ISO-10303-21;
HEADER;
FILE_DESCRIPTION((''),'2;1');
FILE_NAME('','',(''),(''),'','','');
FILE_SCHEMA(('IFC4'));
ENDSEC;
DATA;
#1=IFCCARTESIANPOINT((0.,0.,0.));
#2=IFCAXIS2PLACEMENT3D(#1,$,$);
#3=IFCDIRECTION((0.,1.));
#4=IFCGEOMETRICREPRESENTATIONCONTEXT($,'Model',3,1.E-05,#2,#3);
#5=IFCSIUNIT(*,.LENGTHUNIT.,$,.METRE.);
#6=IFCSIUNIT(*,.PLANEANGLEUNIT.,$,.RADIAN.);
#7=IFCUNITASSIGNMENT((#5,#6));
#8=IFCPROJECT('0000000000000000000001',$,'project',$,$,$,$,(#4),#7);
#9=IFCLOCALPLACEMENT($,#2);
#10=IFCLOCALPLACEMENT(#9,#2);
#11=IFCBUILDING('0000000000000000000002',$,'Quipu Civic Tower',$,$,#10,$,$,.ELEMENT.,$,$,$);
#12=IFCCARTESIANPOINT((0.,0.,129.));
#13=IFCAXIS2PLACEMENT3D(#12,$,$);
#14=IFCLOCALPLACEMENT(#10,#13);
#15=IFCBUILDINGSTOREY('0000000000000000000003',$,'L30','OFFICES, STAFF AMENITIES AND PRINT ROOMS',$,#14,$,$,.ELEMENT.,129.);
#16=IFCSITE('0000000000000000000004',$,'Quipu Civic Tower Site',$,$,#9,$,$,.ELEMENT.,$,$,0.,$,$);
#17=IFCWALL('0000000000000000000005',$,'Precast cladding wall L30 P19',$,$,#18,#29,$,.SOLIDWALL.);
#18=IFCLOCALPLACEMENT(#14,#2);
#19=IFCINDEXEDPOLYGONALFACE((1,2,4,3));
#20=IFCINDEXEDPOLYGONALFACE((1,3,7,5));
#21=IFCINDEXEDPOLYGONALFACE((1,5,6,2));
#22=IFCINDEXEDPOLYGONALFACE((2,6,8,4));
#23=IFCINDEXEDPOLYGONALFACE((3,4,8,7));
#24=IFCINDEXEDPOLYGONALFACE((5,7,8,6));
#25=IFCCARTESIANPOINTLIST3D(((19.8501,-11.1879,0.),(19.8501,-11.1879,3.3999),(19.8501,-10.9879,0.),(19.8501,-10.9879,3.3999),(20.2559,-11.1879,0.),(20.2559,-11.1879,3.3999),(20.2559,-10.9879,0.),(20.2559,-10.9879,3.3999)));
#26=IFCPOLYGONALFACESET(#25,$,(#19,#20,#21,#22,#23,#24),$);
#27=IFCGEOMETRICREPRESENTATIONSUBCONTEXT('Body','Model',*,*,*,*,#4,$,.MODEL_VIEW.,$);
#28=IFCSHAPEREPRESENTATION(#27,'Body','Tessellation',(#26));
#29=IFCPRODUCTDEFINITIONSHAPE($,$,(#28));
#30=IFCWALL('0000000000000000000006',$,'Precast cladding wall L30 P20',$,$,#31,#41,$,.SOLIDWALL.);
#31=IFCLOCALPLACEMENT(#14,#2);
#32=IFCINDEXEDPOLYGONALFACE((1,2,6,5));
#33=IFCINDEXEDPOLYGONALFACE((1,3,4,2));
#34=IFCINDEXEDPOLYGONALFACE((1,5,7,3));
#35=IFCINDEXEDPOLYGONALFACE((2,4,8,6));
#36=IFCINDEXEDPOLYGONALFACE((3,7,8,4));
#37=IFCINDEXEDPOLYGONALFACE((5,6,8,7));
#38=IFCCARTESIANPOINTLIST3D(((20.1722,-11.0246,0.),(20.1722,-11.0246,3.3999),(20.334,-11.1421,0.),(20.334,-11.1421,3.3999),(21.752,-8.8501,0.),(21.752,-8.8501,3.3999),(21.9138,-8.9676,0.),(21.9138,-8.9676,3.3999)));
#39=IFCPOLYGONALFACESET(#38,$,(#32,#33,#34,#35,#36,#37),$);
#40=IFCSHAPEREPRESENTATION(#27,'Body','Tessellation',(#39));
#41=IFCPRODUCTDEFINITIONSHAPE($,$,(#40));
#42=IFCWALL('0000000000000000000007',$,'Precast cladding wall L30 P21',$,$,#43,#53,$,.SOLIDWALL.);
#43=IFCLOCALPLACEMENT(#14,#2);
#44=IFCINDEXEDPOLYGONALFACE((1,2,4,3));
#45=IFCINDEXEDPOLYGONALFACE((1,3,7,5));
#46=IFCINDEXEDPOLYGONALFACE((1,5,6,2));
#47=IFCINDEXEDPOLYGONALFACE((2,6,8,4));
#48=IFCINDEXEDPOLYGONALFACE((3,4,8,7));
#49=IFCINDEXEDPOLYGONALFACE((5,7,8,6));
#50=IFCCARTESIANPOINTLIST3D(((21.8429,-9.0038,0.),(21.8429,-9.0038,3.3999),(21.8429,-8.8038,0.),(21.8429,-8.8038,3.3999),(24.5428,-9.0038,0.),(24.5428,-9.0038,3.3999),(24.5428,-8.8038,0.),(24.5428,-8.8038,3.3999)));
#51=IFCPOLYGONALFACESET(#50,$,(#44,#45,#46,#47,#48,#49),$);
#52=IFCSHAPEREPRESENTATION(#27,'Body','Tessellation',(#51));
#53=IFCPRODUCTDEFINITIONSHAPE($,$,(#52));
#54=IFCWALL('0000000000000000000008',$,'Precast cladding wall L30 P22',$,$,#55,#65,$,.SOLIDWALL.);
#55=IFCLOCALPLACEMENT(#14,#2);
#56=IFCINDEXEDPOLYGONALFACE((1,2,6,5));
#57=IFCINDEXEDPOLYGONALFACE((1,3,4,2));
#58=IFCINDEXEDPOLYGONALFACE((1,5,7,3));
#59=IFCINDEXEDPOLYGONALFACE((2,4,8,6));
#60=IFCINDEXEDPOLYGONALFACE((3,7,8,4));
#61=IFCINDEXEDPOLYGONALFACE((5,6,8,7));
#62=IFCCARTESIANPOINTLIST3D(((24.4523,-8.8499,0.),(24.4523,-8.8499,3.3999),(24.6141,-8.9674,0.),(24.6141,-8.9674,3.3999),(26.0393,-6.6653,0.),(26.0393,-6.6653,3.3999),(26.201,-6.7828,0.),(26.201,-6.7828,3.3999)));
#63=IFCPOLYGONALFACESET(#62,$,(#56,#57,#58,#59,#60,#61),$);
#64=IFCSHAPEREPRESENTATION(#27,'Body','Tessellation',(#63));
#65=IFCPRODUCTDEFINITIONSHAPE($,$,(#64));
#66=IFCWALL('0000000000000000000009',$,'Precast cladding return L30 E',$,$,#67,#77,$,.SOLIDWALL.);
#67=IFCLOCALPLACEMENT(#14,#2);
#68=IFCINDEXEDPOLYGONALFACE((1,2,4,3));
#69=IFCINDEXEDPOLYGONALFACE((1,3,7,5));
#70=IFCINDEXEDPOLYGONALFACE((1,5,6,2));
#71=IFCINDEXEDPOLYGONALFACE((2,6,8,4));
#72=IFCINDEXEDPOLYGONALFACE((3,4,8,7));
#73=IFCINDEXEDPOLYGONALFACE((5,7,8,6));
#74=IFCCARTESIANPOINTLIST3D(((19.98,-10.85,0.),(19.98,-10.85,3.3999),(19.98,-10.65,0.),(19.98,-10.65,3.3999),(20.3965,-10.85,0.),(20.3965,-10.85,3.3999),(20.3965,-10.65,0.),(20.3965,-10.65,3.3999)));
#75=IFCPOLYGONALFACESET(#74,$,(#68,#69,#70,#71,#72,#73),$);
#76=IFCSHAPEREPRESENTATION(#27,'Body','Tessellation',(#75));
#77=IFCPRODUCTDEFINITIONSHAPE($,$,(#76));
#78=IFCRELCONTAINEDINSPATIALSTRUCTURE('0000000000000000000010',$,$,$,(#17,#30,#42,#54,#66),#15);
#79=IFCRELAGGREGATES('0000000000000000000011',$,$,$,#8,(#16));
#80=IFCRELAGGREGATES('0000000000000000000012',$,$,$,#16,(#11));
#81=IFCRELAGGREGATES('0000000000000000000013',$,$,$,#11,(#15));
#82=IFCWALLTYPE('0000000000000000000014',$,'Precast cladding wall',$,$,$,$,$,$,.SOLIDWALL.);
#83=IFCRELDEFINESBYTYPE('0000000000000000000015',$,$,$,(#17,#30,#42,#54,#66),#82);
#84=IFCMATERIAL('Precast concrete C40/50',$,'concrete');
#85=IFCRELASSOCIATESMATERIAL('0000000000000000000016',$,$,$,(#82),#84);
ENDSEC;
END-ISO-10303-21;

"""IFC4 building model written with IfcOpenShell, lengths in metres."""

from ifc_helpers import new_model, si_unit, direction, frame, frame_2d, origin, place, context, subcontext, project, spatial, rectangle, extrude, material, type_object, element, save


model = new_model("IFC4")

# Units and contexts
model_context = context("Model", 3, precision=1e-05, world=origin(), true_north=direction((0.0, 1.0)))
body_context = subcontext(model_context, "Body", "Model", "MODEL_VIEW")
ifc_project = project(units=[si_unit("LENGTHUNIT", "METRE"), si_unit("PLANEANGLEUNIT", "RADIAN")], contexts=[model_context])

# Site, building, storey
site_placement = place(None, origin())
site = spatial("IfcSite", under=ifc_project, at=site_placement, Name="Quipu Civic Tower Site", CompositionType="ELEMENT", RefElevation=0.0)
building_placement = place(site_placement, origin())
building = spatial("IfcBuilding", under=site, at=building_placement, Name="Quipu Civic Tower", CompositionType="ELEMENT")
storey_placement = place(building_placement, frame((0.0, 0.0, 129.0)))
storey = spatial("IfcBuildingStorey", under=building, at=storey_placement, Name="L30", Description="OFFICES, STAFF AMENITIES AND PRINT ROOMS", CompositionType="ELEMENT", Elevation=129.0)

# Walls
ifc_material_1 = material(Name="Precast concrete C40/50", Category="concrete")
wall_type_1 = type_object("IfcWallType", Name="Precast cladding wall", PredefinedType="SOLIDWALL", material=ifc_material_1)
wall_1_placement = place(storey_placement, frame((19.8501, -11.0879, 0.0), z_axis=(0.0, 0.0, 1.0), x_axis=(1.0, 0.0, 0.0)))
element("IfcWall", 1, at=wall_1_placement, inside=storey, type_object=wall_type_1, Name="Precast cladding wall L30 P19", PredefinedType="SOLIDWALL", context=body_context, shape_type="SweptSolid", body=[
    extrude(rectangle(XDim=0.4058, YDim=0.2, at=frame_2d((0.2029, 0.0))), origin(), (0.0, 0.0, 1.0), 3.3999),
])
wall_2_placement = place(storey_placement, frame((20.2532, -11.0833, 0.0), z_axis=(0.0, 0.0, 1.0), x_axis=(0.587767, 0.809031, 0.0)))
element("IfcWall", 2, at=wall_2_placement, inside=storey, type_object=wall_type_1, Name="Precast cladding wall L30 P20", PredefinedType="SOLIDWALL", context=body_context, shape_type="SweptSolid", body=[
    extrude(rectangle(XDim=2.6877, YDim=0.2, at=frame_2d((1.3438, 0.0))), origin(), (0.0, 0.0, 1.0), 3.3999),
])
wall_3_placement = place(storey_placement, frame((21.8428, -8.9038, 0.0), z_axis=(0.0, 0.0, 1.0), x_axis=(1.0, 0.0, 0.0)))
element("IfcWall", 3, at=wall_3_placement, inside=storey, type_object=wall_type_1, Name="Precast cladding wall L30 P21", PredefinedType="SOLIDWALL", context=body_context, shape_type="SweptSolid", body=[
    extrude(rectangle(XDim=2.7, YDim=0.2, at=frame_2d((1.3501, 0.0))), origin(), (0.0, 0.0, 1.0), 3.3999),
])
wall_4_placement = place(storey_placement, frame((24.5332, -8.9087, 0.0), z_axis=(0.0, 0.0, 1.0), x_axis=(0.58772, 0.809064, 0.0)))
element("IfcWall", 4, at=wall_4_placement, inside=storey, type_object=wall_type_1, Name="Precast cladding wall L30 P22", PredefinedType="SOLIDWALL", context=body_context, shape_type="SweptSolid", body=[
    extrude(rectangle(XDim=2.7002, YDim=0.2, at=frame_2d((1.3501, 0.0))), origin(), (0.0, 0.0, 1.0), 3.3999),
])
wall_5_placement = place(storey_placement, frame((19.98, -10.75, 0.0), z_axis=(0.0, 0.0, 1.0), x_axis=(1.0, 0.0, 0.0)))
element("IfcWall", 5, at=wall_5_placement, inside=storey, type_object=wall_type_1, Name="Precast cladding return L30 E", PredefinedType="SOLIDWALL", context=body_context, shape_type="SweptSolid", body=[
    extrude(rectangle(XDim=0.4165, YDim=0.2, at=frame_2d((0.2083, 0.0))), origin(), (0.0, 0.0, 1.0), 3.3999),
])

save(model, "model.ifc")
